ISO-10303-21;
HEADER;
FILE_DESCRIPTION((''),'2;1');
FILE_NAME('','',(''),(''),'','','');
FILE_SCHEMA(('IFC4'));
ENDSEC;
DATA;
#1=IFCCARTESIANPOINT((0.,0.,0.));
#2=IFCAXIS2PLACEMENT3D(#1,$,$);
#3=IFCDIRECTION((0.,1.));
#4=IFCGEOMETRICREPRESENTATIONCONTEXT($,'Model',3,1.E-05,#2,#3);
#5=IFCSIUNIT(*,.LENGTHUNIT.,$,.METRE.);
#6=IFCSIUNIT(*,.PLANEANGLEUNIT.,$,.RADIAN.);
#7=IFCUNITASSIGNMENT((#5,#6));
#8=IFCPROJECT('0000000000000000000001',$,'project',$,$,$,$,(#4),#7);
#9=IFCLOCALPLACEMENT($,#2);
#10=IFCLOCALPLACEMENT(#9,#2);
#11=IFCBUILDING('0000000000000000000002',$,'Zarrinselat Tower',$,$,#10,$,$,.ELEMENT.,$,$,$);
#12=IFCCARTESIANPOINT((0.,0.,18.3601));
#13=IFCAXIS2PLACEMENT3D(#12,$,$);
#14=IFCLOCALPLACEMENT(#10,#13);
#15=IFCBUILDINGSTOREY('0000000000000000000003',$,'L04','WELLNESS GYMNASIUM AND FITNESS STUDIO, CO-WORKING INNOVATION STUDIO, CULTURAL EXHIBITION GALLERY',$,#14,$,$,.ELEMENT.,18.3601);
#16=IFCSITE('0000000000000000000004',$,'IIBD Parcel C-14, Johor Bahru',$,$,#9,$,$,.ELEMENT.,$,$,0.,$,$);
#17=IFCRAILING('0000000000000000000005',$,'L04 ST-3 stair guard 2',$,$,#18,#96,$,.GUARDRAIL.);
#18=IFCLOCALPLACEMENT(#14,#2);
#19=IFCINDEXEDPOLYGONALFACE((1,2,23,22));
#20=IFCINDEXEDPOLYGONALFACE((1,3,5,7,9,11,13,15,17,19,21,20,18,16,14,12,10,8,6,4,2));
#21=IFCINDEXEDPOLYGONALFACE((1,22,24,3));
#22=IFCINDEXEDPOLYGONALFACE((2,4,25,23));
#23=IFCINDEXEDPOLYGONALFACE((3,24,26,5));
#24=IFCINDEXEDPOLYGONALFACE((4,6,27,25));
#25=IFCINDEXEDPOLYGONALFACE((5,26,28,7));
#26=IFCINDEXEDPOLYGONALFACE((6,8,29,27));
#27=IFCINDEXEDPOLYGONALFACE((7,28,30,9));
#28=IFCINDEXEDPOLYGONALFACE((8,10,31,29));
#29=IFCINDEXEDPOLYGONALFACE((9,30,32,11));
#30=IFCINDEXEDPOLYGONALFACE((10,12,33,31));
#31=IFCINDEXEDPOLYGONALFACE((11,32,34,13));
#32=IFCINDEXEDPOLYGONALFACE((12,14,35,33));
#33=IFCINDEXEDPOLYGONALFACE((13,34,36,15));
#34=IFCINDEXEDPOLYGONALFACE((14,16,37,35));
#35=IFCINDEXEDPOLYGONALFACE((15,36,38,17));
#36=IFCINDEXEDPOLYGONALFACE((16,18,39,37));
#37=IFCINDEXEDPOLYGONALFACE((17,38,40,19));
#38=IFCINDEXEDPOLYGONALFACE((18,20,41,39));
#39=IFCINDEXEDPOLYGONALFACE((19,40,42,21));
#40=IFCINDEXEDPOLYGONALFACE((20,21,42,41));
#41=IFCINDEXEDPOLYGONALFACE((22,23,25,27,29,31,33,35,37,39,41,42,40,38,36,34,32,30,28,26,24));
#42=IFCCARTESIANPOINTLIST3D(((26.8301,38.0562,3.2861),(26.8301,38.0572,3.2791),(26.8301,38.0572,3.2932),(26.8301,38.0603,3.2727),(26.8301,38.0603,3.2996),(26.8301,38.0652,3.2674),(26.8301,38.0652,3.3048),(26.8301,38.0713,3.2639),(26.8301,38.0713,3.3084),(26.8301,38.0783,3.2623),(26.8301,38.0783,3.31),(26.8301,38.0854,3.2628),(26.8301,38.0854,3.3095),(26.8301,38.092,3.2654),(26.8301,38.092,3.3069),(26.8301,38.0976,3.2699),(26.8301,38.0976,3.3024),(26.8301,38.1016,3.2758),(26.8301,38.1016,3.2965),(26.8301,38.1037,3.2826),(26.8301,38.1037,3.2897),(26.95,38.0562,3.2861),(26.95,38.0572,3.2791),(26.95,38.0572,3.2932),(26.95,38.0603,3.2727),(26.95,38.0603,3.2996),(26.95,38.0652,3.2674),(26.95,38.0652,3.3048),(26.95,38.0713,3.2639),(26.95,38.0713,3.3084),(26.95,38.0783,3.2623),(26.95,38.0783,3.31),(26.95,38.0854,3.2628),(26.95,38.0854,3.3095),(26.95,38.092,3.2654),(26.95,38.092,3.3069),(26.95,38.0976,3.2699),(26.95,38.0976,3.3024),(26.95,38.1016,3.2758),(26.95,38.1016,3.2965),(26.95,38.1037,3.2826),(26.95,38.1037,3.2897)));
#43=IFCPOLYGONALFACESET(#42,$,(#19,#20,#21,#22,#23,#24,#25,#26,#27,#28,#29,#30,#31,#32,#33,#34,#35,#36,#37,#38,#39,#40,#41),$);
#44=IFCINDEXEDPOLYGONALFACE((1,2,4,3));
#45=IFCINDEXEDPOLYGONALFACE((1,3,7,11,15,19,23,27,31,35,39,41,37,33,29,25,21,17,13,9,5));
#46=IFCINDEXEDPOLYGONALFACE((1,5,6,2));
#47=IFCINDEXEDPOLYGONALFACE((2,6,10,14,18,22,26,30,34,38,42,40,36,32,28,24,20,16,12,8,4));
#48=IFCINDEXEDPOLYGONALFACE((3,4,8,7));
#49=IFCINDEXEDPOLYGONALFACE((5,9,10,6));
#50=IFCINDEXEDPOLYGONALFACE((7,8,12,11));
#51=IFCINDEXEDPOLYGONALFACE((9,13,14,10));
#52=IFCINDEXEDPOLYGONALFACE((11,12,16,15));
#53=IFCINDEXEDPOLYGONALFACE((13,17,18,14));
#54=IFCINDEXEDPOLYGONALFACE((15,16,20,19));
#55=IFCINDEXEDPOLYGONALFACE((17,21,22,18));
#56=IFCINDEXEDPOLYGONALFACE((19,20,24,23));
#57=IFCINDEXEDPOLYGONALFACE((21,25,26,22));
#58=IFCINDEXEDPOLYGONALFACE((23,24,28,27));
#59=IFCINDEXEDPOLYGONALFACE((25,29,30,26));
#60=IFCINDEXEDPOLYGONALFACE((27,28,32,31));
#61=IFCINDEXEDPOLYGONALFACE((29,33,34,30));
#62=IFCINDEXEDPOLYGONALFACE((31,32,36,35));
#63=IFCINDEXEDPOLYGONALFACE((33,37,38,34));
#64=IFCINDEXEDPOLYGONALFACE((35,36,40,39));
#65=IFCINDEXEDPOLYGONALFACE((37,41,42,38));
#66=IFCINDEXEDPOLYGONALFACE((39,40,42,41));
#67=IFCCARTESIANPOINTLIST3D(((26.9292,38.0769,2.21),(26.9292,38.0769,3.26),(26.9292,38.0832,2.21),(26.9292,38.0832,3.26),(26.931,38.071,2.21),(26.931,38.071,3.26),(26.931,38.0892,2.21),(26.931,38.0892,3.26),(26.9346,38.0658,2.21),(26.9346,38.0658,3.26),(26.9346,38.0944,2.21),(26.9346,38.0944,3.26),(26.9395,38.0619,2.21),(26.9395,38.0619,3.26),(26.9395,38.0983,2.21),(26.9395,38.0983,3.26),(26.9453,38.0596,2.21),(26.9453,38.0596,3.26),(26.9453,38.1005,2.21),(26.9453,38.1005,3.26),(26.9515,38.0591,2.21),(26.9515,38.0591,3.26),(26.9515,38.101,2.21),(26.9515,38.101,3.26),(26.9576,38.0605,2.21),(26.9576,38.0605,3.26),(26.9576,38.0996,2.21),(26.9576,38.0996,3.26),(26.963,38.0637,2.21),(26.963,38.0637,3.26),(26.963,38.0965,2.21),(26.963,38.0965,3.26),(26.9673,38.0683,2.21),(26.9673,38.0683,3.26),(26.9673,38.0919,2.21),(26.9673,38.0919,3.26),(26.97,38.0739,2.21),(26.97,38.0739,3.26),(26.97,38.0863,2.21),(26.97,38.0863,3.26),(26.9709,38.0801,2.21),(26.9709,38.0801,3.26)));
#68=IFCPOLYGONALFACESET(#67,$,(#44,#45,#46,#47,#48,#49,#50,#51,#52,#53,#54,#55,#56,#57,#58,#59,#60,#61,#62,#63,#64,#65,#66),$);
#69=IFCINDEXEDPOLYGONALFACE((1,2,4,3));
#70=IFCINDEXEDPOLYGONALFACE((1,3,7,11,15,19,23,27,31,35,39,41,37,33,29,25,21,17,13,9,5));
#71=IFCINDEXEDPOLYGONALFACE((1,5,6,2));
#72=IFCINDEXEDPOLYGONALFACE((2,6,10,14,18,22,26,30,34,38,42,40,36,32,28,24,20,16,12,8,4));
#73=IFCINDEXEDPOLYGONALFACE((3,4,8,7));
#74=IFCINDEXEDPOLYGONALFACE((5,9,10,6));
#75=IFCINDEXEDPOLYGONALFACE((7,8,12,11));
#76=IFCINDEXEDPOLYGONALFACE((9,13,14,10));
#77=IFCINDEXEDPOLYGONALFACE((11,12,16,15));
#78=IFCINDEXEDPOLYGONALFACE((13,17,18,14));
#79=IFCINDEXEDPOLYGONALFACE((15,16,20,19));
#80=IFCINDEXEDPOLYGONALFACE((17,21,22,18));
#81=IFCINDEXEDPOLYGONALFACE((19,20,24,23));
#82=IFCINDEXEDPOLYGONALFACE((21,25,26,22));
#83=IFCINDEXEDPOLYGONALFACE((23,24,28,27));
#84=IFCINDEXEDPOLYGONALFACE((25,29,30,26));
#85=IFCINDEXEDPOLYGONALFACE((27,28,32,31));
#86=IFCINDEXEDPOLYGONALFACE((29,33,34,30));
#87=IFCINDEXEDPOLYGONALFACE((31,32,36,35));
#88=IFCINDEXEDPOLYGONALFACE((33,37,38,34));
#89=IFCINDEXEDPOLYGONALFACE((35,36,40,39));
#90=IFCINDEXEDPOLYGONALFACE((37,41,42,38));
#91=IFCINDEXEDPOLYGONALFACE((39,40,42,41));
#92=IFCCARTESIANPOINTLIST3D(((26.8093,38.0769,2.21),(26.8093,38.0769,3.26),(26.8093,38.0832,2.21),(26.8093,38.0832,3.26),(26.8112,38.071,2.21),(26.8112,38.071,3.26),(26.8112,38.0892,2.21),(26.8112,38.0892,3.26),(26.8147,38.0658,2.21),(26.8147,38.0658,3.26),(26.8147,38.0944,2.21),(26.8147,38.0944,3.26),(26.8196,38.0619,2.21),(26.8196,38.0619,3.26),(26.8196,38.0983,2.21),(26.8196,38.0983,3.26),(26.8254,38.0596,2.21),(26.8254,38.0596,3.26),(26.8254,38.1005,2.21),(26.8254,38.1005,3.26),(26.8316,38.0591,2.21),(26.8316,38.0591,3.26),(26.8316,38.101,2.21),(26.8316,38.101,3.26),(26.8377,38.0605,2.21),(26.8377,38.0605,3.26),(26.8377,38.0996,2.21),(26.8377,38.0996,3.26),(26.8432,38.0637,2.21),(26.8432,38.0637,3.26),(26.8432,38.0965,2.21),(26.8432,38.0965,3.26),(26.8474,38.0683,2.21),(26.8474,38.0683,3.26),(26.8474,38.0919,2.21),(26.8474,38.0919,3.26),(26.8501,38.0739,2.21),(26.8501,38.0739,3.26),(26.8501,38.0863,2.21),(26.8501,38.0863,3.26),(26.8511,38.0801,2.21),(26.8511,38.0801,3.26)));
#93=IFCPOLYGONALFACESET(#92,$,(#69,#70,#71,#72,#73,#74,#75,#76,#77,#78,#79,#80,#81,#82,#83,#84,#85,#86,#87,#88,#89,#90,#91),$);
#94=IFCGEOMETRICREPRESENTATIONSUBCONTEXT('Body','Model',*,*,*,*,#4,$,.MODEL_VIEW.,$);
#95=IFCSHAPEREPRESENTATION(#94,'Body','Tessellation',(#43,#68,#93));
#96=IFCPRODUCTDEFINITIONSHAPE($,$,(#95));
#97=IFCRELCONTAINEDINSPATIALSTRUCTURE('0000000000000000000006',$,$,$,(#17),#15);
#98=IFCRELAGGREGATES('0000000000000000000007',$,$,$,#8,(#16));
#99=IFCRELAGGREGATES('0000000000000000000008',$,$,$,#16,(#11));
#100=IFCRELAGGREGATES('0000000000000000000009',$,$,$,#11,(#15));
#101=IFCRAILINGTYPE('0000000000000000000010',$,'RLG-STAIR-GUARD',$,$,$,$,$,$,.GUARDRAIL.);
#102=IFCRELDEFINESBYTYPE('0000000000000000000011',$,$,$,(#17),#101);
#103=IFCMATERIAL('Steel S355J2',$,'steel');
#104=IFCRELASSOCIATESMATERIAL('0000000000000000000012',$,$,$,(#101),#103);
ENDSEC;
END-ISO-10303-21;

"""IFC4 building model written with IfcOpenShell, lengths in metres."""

from ifc_helpers import new_model, si_unit, direction, frame, origin, origin_2d, place, context, subcontext, project, spatial, circle, extrude, material, type_object, element, save


model = new_model("IFC4")

# Units and contexts
model_context = context("Model", 3, precision=1e-05, world=origin(), true_north=direction((0.0, 1.0)))
body_context = subcontext(model_context, "Body", "Model", "MODEL_VIEW")
ifc_project = project(units=[si_unit("LENGTHUNIT", "METRE"), si_unit("PLANEANGLEUNIT", "RADIAN")], contexts=[model_context])

# Site, building, storey
site_placement = place(None, origin())
site = spatial("IfcSite", under=ifc_project, at=site_placement, Name="IIBD Parcel C-14, Johor Bahru", CompositionType="ELEMENT", RefElevation=0.0)
building_placement = place(site_placement, origin())
building = spatial("IfcBuilding", under=site, at=building_placement, Name="Zarrinselat Tower", CompositionType="ELEMENT")
storey_placement = place(building_placement, frame((0.0, 0.0, 18.3601)))
storey = spatial("IfcBuildingStorey", under=building, at=storey_placement, Name="L04", Description="WELLNESS GYMNASIUM AND FITNESS STUDIO, CO-WORKING INNOVATION STUDIO, CULTURAL EXHIBITION GALLERY", CompositionType="ELEMENT", Elevation=18.3601)

# Railing
ifc_material_1 = material(Name="Steel S355J2", Category="steel")
railing_type_1 = type_object("IfcRailingType", Name="RLG-STAIR-GUARD", PredefinedType="GUARDRAIL", material=ifc_material_1)
railing_1_placement = place(storey_placement, frame((26.95, 38.0801, 2.21)))
element("IfcRailing", 1, at=railing_1_placement, inside=storey, type_object=railing_type_1, Name="L04 ST-3 stair guard 2", PredefinedType="GUARDRAIL", context=body_context, shape_type="SweptSolid", body=[
    extrude(circle(Radius=0.0239, at=origin_2d()), frame((0.0, 0.0, 1.0762), z_axis=(-1.0, 0.0, 0.0), x_axis=(0.0, -1.0, 0.0)), (0.0, 0.0, 1.0), 0.1199),
    extrude(circle(Radius=0.021, at=origin_2d()), origin(), (0.0, 0.0, 1.0), 1.05),
    extrude(circle(Radius=0.021, at=origin_2d()), frame((-0.1199, 0.0, 0.0)), (0.0, 0.0, 1.0), 1.05),
])

save(model, "model.ifc")
